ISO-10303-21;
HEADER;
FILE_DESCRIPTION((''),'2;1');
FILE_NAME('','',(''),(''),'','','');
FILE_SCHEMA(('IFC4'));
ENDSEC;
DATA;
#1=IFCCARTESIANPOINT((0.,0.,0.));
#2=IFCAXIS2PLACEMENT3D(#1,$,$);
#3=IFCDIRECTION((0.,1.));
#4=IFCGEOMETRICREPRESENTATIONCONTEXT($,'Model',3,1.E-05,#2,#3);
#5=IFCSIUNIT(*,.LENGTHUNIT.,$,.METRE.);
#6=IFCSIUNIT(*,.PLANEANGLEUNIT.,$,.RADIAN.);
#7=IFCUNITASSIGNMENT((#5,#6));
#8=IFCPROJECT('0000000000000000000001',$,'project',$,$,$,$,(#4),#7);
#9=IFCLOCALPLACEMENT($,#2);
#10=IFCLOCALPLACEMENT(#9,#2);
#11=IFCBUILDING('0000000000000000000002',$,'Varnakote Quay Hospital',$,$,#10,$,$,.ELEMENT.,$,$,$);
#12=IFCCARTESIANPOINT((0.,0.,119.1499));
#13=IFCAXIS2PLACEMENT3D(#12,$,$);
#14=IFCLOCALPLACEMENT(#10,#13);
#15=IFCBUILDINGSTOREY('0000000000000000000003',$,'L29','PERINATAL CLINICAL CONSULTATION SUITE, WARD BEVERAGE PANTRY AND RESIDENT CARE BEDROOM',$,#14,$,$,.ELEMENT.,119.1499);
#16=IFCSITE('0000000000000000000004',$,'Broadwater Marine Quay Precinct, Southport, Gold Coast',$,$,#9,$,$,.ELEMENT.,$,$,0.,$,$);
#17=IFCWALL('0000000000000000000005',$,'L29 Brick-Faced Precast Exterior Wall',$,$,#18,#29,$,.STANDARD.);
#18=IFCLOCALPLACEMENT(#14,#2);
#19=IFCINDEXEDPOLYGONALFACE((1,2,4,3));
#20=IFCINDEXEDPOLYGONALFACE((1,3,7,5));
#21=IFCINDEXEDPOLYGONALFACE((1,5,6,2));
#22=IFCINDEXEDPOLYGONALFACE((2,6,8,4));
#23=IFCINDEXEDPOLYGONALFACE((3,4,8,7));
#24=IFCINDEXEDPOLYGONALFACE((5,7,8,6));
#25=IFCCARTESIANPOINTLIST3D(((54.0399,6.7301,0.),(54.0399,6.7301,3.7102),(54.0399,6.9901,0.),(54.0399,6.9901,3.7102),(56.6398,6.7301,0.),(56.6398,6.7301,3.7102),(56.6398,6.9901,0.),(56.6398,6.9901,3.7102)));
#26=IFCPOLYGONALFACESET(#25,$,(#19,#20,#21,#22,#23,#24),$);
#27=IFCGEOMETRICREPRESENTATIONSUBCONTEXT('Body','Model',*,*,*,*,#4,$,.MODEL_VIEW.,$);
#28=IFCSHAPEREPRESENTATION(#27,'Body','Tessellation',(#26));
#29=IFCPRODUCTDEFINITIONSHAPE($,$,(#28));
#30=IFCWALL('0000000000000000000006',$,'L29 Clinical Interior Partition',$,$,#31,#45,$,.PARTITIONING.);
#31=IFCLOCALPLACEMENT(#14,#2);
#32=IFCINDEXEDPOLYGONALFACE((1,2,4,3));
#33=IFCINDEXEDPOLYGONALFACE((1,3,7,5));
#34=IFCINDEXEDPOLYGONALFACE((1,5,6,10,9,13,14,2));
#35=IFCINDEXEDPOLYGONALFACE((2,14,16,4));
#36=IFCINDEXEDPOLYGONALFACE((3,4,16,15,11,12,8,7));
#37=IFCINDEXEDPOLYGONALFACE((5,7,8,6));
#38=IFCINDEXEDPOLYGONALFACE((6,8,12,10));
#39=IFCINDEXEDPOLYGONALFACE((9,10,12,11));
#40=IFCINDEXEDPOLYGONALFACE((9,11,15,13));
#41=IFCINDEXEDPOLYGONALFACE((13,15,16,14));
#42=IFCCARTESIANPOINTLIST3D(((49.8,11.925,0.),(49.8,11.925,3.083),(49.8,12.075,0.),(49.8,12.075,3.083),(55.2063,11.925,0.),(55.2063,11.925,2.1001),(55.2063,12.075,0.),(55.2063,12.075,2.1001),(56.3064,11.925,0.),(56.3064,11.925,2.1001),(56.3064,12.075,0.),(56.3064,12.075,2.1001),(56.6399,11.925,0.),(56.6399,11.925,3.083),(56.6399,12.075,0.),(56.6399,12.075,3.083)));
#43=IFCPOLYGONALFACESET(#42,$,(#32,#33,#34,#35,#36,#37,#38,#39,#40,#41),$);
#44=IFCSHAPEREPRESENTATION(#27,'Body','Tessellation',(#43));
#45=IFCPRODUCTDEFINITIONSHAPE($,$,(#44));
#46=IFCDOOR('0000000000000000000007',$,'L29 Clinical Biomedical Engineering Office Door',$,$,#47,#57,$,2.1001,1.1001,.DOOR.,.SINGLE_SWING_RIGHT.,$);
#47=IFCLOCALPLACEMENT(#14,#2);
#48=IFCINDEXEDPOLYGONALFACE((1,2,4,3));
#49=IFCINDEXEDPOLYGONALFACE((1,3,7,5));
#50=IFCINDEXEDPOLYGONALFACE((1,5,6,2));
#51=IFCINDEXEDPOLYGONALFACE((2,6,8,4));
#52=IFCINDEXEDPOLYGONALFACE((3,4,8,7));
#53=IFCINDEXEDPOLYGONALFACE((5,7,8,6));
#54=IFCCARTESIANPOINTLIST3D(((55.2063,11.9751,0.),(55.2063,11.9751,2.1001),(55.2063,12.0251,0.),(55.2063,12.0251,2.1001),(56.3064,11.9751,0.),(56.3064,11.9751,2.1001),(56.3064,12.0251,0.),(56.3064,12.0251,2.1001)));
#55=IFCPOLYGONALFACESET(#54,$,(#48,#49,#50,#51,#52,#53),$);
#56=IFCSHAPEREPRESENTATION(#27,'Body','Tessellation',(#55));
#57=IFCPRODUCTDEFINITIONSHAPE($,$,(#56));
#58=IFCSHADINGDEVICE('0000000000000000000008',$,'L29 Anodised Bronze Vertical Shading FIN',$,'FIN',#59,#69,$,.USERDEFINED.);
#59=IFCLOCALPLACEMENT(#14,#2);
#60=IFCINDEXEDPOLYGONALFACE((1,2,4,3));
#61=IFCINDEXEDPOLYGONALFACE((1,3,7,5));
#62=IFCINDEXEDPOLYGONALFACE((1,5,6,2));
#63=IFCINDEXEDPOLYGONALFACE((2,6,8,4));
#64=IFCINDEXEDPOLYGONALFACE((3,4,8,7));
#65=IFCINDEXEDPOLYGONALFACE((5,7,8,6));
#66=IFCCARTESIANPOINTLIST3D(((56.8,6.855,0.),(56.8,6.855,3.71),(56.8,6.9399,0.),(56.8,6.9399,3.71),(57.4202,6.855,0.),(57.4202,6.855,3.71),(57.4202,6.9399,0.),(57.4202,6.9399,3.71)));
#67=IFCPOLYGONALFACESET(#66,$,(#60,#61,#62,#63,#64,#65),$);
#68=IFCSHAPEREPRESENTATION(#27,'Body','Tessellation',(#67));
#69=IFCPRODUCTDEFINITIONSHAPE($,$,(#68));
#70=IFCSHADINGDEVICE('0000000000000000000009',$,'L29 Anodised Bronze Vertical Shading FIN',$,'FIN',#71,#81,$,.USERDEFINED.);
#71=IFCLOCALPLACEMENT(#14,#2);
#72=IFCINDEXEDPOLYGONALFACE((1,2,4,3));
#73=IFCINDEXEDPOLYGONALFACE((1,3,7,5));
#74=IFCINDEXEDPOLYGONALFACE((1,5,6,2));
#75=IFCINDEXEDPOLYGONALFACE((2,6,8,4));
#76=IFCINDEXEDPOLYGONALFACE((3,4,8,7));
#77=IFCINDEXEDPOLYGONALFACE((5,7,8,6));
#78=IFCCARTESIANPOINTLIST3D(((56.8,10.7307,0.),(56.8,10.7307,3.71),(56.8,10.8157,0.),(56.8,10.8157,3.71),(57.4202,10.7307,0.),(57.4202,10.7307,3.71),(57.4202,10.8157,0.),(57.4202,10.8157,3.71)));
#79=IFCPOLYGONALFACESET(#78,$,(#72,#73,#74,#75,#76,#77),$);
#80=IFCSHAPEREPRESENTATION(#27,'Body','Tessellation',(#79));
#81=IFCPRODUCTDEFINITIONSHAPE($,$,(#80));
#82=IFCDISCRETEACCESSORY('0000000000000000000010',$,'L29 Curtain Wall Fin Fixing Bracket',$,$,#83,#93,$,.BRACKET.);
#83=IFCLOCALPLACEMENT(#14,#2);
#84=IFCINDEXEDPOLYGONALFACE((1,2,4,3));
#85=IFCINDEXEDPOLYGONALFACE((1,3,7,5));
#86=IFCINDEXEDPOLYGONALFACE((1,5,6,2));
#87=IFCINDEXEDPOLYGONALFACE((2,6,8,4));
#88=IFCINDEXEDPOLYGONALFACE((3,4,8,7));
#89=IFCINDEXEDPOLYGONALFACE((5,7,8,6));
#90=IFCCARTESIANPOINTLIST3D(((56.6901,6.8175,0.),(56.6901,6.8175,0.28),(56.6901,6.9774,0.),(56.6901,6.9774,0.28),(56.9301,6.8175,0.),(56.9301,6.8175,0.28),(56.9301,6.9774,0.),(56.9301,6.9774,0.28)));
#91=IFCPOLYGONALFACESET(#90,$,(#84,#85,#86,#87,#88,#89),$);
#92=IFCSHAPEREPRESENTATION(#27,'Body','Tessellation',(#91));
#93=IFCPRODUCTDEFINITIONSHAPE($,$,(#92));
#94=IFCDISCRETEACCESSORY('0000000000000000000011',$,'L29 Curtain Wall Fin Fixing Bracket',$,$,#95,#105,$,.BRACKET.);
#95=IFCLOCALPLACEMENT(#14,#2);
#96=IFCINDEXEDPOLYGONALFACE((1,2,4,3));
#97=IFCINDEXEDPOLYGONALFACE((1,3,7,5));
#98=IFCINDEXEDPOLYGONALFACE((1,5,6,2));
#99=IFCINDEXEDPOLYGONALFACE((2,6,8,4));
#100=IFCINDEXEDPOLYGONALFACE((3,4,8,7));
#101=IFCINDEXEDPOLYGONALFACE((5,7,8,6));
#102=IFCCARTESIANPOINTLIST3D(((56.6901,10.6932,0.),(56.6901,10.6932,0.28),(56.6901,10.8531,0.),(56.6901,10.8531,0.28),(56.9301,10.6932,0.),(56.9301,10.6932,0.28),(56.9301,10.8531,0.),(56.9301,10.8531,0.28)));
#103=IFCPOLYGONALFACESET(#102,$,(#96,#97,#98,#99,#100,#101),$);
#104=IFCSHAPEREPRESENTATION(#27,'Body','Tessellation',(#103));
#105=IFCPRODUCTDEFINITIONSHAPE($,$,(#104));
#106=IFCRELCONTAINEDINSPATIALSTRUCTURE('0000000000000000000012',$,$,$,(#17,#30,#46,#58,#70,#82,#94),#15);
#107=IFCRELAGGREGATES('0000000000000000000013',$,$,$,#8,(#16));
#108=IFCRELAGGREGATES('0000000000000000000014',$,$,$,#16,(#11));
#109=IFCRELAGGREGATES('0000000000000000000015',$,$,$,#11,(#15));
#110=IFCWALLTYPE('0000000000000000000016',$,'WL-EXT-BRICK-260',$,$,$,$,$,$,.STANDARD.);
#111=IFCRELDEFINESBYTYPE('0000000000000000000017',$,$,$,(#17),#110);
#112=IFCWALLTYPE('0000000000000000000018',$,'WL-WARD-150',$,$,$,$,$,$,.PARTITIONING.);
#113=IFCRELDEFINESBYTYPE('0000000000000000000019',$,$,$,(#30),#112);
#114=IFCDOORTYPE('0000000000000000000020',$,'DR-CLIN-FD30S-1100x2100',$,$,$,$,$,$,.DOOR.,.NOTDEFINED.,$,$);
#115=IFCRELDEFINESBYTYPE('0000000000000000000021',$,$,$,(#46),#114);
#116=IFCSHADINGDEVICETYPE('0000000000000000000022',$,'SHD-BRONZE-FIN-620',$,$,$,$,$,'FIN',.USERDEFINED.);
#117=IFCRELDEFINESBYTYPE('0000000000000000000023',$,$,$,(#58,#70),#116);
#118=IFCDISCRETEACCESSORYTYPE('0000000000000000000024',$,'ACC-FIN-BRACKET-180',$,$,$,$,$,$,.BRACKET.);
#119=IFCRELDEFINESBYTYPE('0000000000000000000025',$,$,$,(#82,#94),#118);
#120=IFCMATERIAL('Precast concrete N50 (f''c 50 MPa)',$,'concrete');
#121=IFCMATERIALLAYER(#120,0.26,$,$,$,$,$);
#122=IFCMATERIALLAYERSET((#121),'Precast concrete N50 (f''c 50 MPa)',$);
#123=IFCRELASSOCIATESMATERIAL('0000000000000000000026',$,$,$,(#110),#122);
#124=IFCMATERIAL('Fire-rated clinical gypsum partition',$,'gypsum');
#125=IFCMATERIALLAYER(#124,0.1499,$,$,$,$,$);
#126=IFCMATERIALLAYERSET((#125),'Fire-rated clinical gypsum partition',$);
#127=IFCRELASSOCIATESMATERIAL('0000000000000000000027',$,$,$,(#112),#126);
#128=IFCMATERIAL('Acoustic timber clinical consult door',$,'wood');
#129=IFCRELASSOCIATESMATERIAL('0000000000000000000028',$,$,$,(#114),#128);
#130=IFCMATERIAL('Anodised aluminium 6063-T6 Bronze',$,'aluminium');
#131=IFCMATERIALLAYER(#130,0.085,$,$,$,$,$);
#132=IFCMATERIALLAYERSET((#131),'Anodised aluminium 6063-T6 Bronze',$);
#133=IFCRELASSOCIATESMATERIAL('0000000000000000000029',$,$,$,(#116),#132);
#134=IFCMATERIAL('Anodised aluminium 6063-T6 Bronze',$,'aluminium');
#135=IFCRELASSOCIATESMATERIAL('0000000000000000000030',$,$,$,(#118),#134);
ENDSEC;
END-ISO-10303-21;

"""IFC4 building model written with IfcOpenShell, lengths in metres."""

from ifc_helpers import new_model, si_unit, direction, frame, frame_2d, origin, origin_2d, place, context, subcontext, project, spatial, rectangle, extrude, material, layer, layer_set, type_object, element, fill, save


model = new_model("IFC4")

# Units and contexts
model_context = context("Model", 3, precision=1e-05, world=origin(), true_north=direction((0.0, 1.0)))
body_context = subcontext(model_context, "Body", "Model", "MODEL_VIEW")
ifc_project = project(units=[si_unit("LENGTHUNIT", "METRE"), si_unit("PLANEANGLEUNIT", "RADIAN")], contexts=[model_context])

# Site, building, storey
site_placement = place(None, origin())
site = spatial("IfcSite", under=ifc_project, at=site_placement, Name="Broadwater Marine Quay Precinct, Southport, Gold Coast", CompositionType="ELEMENT", RefElevation=0.0)
building_placement = place(site_placement, origin())
building = spatial("IfcBuilding", under=site, at=building_placement, Name="Varnakote Quay Hospital", CompositionType="ELEMENT")
storey_placement = place(building_placement, frame((0.0, 0.0, 119.1499)))
storey = spatial("IfcBuildingStorey", under=building, at=storey_placement, Name="L29", Description="PERINATAL CLINICAL CONSULTATION SUITE, WARD BEVERAGE PANTRY AND RESIDENT CARE BEDROOM", CompositionType="ELEMENT", Elevation=119.1499)

# Wall
ifc_material_1 = material(Name="Precast concrete N50 (f'c 50 MPa)", Category="concrete")
ifc_layer_1 = layer(ifc_material_1, 0.26)
ifc_layer_set_1 = layer_set([ifc_layer_1], Name="Precast concrete N50 (f'c 50 MPa)")
wall_type_1 = type_object("IfcWallType", Name="WL-EXT-BRICK-260", PredefinedType="STANDARD", material=ifc_layer_set_1)
wall_1_placement = place(storey_placement, frame((54.04, 6.8601, 0.0), z_axis=(0.0, 0.0, 1.0), x_axis=(1.0, 0.0, 0.0)))
element("IfcWall", 1, at=wall_1_placement, inside=storey, type_object=wall_type_1, Name="L29 Brick-Faced Precast Exterior Wall", PredefinedType="STANDARD", context=body_context, shape_type="SweptSolid", body=[
    extrude(rectangle(XDim=2.5999, YDim=0.26, at=frame_2d((1.2998, 0.0))), origin(), (0.0, 0.0, 1.0), 3.7102),
])

# Wall, opening, door
ifc_material_2 = material(Name="Fire-rated clinical gypsum partition", Category="gypsum")
ifc_layer_2 = layer(ifc_material_2, 0.1499)
ifc_layer_set_2 = layer_set([ifc_layer_2], Name="Fire-rated clinical gypsum partition")
wall_type_2 = type_object("IfcWallType", Name="WL-WARD-150", PredefinedType="PARTITIONING", material=ifc_layer_set_2)
wall_2_placement = place(storey_placement, frame((56.6399, 12.0, 0.0), z_axis=(0.0, 0.0, 1.0), x_axis=(-1.0, 0.0, 0.0)))
wall_2 = element("IfcWall", 2, at=wall_2_placement, inside=storey, type_object=wall_type_2, Name="L29 Clinical Interior Partition", PredefinedType="PARTITIONING", context=body_context, shape_type="SweptSolid", body=[
    extrude(rectangle(XDim=6.8398, YDim=0.1499, at=frame_2d((3.4199, 0.0))), origin(), (0.0, 0.0, 1.0), 3.083),
])
opening_placement = place(wall_2_placement, frame((0.3335, 0.0, 0.0)))
opening = element("IfcOpeningElement", 3, at=opening_placement, cuts=wall_2, PredefinedType="OPENING", context=body_context, shape_type="SweptSolid", body=[
    extrude(rectangle(XDim=1.1001, YDim=2.1001, at=frame_2d((0.55, 1.05))), frame((0.0, 0.085, 0.0), z_axis=(0.0, -1.0, 0.0), x_axis=(1.0, 0.0, 0.0)), (0.0, 0.0, 1.0), 0.1699),
])
ifc_material_3 = material(Name="Acoustic timber clinical consult door", Category="wood")
door_type = type_object("IfcDoorType", Name="DR-CLIN-FD30S-1100x2100", OperationType="NOTDEFINED", PredefinedType="DOOR", material=ifc_material_3)
door_placement = place(opening_placement, origin())
door = element("IfcDoor", 4, at=door_placement, inside=storey, type_object=door_type, Name="L29 Clinical Biomedical Engineering Office Door", OperationType="SINGLE_SWING_RIGHT", OverallHeight=2.1001, OverallWidth=1.1001, PredefinedType="DOOR", context=body_context, shape_type="SweptSolid", body=[
    extrude(rectangle(XDim=1.1001, YDim=2.1001, at=frame_2d((0.55, 1.05))), frame((0.0, 0.0249, 0.0), z_axis=(0.0, -1.0, 0.0), x_axis=(1.0, 0.0, 0.0)), (0.0, 0.0, 1.0), 0.05),
])
fill(opening, door)

# Shading devices
ifc_material_4 = material(Name="Anodised aluminium 6063-T6 Bronze", Category="aluminium")
ifc_layer_3 = layer(ifc_material_4, 0.085)
ifc_layer_set_3 = layer_set([ifc_layer_3], Name="Anodised aluminium 6063-T6 Bronze")
shading_device_type = type_object("IfcShadingDeviceType", Name="SHD-BRONZE-FIN-620", ElementType="FIN", PredefinedType="USERDEFINED", material=ifc_layer_set_3)
for number, where, z_axis, x_axis, name in (
    (5, (57.1101, 6.8975, 0.0), (0.0, 0.0, 1.0), (-1.0, 0.0, 0.0), "L29 Anodised Bronze Vertical Shading FIN"),
    (6, (57.1101, 10.7732, 0.0), (0.0, 0.0, 1.0), (-1.0, 0.0, 0.0), "L29 Anodised Bronze Vertical Shading FIN"),
):
    element("IfcShadingDevice", number, at=place(storey_placement, frame(where, z_axis=z_axis, x_axis=x_axis)), inside=storey, type_object=shading_device_type, Name=name, ObjectType="FIN", PredefinedType="USERDEFINED", context=body_context, shape_type="SweptSolid", body=[
        extrude(rectangle(XDim=0.6201, YDim=0.085, at=origin_2d()), origin(), (0.0, 0.0, 1.0), 3.71),
    ])

# Discrete accessories
ifc_material_5 = material(Name="Anodised aluminium 6063-T6 Bronze", Category="aluminium")
discrete_accessory_type = type_object("IfcDiscreteAccessoryType", Name="ACC-FIN-BRACKET-180", PredefinedType="BRACKET", material=ifc_material_5)
for number, where, z_axis, x_axis, name in (
    (7, (56.8101, 6.8975, 0.0), (0.0, 0.0, 1.0), (0.0, 1.0, 0.0), "L29 Curtain Wall Fin Fixing Bracket"),
    (8, (56.8101, 10.7732, 0.0), (0.0, 0.0, 1.0), (0.0, 1.0, 0.0), "L29 Curtain Wall Fin Fixing Bracket"),
):
    element("IfcDiscreteAccessory", number, at=place(storey_placement, frame(where, z_axis=z_axis, x_axis=x_axis)), inside=storey, type_object=discrete_accessory_type, Name=name, PredefinedType="BRACKET", context=body_context, shape_type="SweptSolid", body=[
        extrude(rectangle(XDim=0.1599, YDim=0.24, at=origin_2d()), origin(), (0.0, 0.0, 1.0), 0.28),
    ])

save(model, "model.ifc")
